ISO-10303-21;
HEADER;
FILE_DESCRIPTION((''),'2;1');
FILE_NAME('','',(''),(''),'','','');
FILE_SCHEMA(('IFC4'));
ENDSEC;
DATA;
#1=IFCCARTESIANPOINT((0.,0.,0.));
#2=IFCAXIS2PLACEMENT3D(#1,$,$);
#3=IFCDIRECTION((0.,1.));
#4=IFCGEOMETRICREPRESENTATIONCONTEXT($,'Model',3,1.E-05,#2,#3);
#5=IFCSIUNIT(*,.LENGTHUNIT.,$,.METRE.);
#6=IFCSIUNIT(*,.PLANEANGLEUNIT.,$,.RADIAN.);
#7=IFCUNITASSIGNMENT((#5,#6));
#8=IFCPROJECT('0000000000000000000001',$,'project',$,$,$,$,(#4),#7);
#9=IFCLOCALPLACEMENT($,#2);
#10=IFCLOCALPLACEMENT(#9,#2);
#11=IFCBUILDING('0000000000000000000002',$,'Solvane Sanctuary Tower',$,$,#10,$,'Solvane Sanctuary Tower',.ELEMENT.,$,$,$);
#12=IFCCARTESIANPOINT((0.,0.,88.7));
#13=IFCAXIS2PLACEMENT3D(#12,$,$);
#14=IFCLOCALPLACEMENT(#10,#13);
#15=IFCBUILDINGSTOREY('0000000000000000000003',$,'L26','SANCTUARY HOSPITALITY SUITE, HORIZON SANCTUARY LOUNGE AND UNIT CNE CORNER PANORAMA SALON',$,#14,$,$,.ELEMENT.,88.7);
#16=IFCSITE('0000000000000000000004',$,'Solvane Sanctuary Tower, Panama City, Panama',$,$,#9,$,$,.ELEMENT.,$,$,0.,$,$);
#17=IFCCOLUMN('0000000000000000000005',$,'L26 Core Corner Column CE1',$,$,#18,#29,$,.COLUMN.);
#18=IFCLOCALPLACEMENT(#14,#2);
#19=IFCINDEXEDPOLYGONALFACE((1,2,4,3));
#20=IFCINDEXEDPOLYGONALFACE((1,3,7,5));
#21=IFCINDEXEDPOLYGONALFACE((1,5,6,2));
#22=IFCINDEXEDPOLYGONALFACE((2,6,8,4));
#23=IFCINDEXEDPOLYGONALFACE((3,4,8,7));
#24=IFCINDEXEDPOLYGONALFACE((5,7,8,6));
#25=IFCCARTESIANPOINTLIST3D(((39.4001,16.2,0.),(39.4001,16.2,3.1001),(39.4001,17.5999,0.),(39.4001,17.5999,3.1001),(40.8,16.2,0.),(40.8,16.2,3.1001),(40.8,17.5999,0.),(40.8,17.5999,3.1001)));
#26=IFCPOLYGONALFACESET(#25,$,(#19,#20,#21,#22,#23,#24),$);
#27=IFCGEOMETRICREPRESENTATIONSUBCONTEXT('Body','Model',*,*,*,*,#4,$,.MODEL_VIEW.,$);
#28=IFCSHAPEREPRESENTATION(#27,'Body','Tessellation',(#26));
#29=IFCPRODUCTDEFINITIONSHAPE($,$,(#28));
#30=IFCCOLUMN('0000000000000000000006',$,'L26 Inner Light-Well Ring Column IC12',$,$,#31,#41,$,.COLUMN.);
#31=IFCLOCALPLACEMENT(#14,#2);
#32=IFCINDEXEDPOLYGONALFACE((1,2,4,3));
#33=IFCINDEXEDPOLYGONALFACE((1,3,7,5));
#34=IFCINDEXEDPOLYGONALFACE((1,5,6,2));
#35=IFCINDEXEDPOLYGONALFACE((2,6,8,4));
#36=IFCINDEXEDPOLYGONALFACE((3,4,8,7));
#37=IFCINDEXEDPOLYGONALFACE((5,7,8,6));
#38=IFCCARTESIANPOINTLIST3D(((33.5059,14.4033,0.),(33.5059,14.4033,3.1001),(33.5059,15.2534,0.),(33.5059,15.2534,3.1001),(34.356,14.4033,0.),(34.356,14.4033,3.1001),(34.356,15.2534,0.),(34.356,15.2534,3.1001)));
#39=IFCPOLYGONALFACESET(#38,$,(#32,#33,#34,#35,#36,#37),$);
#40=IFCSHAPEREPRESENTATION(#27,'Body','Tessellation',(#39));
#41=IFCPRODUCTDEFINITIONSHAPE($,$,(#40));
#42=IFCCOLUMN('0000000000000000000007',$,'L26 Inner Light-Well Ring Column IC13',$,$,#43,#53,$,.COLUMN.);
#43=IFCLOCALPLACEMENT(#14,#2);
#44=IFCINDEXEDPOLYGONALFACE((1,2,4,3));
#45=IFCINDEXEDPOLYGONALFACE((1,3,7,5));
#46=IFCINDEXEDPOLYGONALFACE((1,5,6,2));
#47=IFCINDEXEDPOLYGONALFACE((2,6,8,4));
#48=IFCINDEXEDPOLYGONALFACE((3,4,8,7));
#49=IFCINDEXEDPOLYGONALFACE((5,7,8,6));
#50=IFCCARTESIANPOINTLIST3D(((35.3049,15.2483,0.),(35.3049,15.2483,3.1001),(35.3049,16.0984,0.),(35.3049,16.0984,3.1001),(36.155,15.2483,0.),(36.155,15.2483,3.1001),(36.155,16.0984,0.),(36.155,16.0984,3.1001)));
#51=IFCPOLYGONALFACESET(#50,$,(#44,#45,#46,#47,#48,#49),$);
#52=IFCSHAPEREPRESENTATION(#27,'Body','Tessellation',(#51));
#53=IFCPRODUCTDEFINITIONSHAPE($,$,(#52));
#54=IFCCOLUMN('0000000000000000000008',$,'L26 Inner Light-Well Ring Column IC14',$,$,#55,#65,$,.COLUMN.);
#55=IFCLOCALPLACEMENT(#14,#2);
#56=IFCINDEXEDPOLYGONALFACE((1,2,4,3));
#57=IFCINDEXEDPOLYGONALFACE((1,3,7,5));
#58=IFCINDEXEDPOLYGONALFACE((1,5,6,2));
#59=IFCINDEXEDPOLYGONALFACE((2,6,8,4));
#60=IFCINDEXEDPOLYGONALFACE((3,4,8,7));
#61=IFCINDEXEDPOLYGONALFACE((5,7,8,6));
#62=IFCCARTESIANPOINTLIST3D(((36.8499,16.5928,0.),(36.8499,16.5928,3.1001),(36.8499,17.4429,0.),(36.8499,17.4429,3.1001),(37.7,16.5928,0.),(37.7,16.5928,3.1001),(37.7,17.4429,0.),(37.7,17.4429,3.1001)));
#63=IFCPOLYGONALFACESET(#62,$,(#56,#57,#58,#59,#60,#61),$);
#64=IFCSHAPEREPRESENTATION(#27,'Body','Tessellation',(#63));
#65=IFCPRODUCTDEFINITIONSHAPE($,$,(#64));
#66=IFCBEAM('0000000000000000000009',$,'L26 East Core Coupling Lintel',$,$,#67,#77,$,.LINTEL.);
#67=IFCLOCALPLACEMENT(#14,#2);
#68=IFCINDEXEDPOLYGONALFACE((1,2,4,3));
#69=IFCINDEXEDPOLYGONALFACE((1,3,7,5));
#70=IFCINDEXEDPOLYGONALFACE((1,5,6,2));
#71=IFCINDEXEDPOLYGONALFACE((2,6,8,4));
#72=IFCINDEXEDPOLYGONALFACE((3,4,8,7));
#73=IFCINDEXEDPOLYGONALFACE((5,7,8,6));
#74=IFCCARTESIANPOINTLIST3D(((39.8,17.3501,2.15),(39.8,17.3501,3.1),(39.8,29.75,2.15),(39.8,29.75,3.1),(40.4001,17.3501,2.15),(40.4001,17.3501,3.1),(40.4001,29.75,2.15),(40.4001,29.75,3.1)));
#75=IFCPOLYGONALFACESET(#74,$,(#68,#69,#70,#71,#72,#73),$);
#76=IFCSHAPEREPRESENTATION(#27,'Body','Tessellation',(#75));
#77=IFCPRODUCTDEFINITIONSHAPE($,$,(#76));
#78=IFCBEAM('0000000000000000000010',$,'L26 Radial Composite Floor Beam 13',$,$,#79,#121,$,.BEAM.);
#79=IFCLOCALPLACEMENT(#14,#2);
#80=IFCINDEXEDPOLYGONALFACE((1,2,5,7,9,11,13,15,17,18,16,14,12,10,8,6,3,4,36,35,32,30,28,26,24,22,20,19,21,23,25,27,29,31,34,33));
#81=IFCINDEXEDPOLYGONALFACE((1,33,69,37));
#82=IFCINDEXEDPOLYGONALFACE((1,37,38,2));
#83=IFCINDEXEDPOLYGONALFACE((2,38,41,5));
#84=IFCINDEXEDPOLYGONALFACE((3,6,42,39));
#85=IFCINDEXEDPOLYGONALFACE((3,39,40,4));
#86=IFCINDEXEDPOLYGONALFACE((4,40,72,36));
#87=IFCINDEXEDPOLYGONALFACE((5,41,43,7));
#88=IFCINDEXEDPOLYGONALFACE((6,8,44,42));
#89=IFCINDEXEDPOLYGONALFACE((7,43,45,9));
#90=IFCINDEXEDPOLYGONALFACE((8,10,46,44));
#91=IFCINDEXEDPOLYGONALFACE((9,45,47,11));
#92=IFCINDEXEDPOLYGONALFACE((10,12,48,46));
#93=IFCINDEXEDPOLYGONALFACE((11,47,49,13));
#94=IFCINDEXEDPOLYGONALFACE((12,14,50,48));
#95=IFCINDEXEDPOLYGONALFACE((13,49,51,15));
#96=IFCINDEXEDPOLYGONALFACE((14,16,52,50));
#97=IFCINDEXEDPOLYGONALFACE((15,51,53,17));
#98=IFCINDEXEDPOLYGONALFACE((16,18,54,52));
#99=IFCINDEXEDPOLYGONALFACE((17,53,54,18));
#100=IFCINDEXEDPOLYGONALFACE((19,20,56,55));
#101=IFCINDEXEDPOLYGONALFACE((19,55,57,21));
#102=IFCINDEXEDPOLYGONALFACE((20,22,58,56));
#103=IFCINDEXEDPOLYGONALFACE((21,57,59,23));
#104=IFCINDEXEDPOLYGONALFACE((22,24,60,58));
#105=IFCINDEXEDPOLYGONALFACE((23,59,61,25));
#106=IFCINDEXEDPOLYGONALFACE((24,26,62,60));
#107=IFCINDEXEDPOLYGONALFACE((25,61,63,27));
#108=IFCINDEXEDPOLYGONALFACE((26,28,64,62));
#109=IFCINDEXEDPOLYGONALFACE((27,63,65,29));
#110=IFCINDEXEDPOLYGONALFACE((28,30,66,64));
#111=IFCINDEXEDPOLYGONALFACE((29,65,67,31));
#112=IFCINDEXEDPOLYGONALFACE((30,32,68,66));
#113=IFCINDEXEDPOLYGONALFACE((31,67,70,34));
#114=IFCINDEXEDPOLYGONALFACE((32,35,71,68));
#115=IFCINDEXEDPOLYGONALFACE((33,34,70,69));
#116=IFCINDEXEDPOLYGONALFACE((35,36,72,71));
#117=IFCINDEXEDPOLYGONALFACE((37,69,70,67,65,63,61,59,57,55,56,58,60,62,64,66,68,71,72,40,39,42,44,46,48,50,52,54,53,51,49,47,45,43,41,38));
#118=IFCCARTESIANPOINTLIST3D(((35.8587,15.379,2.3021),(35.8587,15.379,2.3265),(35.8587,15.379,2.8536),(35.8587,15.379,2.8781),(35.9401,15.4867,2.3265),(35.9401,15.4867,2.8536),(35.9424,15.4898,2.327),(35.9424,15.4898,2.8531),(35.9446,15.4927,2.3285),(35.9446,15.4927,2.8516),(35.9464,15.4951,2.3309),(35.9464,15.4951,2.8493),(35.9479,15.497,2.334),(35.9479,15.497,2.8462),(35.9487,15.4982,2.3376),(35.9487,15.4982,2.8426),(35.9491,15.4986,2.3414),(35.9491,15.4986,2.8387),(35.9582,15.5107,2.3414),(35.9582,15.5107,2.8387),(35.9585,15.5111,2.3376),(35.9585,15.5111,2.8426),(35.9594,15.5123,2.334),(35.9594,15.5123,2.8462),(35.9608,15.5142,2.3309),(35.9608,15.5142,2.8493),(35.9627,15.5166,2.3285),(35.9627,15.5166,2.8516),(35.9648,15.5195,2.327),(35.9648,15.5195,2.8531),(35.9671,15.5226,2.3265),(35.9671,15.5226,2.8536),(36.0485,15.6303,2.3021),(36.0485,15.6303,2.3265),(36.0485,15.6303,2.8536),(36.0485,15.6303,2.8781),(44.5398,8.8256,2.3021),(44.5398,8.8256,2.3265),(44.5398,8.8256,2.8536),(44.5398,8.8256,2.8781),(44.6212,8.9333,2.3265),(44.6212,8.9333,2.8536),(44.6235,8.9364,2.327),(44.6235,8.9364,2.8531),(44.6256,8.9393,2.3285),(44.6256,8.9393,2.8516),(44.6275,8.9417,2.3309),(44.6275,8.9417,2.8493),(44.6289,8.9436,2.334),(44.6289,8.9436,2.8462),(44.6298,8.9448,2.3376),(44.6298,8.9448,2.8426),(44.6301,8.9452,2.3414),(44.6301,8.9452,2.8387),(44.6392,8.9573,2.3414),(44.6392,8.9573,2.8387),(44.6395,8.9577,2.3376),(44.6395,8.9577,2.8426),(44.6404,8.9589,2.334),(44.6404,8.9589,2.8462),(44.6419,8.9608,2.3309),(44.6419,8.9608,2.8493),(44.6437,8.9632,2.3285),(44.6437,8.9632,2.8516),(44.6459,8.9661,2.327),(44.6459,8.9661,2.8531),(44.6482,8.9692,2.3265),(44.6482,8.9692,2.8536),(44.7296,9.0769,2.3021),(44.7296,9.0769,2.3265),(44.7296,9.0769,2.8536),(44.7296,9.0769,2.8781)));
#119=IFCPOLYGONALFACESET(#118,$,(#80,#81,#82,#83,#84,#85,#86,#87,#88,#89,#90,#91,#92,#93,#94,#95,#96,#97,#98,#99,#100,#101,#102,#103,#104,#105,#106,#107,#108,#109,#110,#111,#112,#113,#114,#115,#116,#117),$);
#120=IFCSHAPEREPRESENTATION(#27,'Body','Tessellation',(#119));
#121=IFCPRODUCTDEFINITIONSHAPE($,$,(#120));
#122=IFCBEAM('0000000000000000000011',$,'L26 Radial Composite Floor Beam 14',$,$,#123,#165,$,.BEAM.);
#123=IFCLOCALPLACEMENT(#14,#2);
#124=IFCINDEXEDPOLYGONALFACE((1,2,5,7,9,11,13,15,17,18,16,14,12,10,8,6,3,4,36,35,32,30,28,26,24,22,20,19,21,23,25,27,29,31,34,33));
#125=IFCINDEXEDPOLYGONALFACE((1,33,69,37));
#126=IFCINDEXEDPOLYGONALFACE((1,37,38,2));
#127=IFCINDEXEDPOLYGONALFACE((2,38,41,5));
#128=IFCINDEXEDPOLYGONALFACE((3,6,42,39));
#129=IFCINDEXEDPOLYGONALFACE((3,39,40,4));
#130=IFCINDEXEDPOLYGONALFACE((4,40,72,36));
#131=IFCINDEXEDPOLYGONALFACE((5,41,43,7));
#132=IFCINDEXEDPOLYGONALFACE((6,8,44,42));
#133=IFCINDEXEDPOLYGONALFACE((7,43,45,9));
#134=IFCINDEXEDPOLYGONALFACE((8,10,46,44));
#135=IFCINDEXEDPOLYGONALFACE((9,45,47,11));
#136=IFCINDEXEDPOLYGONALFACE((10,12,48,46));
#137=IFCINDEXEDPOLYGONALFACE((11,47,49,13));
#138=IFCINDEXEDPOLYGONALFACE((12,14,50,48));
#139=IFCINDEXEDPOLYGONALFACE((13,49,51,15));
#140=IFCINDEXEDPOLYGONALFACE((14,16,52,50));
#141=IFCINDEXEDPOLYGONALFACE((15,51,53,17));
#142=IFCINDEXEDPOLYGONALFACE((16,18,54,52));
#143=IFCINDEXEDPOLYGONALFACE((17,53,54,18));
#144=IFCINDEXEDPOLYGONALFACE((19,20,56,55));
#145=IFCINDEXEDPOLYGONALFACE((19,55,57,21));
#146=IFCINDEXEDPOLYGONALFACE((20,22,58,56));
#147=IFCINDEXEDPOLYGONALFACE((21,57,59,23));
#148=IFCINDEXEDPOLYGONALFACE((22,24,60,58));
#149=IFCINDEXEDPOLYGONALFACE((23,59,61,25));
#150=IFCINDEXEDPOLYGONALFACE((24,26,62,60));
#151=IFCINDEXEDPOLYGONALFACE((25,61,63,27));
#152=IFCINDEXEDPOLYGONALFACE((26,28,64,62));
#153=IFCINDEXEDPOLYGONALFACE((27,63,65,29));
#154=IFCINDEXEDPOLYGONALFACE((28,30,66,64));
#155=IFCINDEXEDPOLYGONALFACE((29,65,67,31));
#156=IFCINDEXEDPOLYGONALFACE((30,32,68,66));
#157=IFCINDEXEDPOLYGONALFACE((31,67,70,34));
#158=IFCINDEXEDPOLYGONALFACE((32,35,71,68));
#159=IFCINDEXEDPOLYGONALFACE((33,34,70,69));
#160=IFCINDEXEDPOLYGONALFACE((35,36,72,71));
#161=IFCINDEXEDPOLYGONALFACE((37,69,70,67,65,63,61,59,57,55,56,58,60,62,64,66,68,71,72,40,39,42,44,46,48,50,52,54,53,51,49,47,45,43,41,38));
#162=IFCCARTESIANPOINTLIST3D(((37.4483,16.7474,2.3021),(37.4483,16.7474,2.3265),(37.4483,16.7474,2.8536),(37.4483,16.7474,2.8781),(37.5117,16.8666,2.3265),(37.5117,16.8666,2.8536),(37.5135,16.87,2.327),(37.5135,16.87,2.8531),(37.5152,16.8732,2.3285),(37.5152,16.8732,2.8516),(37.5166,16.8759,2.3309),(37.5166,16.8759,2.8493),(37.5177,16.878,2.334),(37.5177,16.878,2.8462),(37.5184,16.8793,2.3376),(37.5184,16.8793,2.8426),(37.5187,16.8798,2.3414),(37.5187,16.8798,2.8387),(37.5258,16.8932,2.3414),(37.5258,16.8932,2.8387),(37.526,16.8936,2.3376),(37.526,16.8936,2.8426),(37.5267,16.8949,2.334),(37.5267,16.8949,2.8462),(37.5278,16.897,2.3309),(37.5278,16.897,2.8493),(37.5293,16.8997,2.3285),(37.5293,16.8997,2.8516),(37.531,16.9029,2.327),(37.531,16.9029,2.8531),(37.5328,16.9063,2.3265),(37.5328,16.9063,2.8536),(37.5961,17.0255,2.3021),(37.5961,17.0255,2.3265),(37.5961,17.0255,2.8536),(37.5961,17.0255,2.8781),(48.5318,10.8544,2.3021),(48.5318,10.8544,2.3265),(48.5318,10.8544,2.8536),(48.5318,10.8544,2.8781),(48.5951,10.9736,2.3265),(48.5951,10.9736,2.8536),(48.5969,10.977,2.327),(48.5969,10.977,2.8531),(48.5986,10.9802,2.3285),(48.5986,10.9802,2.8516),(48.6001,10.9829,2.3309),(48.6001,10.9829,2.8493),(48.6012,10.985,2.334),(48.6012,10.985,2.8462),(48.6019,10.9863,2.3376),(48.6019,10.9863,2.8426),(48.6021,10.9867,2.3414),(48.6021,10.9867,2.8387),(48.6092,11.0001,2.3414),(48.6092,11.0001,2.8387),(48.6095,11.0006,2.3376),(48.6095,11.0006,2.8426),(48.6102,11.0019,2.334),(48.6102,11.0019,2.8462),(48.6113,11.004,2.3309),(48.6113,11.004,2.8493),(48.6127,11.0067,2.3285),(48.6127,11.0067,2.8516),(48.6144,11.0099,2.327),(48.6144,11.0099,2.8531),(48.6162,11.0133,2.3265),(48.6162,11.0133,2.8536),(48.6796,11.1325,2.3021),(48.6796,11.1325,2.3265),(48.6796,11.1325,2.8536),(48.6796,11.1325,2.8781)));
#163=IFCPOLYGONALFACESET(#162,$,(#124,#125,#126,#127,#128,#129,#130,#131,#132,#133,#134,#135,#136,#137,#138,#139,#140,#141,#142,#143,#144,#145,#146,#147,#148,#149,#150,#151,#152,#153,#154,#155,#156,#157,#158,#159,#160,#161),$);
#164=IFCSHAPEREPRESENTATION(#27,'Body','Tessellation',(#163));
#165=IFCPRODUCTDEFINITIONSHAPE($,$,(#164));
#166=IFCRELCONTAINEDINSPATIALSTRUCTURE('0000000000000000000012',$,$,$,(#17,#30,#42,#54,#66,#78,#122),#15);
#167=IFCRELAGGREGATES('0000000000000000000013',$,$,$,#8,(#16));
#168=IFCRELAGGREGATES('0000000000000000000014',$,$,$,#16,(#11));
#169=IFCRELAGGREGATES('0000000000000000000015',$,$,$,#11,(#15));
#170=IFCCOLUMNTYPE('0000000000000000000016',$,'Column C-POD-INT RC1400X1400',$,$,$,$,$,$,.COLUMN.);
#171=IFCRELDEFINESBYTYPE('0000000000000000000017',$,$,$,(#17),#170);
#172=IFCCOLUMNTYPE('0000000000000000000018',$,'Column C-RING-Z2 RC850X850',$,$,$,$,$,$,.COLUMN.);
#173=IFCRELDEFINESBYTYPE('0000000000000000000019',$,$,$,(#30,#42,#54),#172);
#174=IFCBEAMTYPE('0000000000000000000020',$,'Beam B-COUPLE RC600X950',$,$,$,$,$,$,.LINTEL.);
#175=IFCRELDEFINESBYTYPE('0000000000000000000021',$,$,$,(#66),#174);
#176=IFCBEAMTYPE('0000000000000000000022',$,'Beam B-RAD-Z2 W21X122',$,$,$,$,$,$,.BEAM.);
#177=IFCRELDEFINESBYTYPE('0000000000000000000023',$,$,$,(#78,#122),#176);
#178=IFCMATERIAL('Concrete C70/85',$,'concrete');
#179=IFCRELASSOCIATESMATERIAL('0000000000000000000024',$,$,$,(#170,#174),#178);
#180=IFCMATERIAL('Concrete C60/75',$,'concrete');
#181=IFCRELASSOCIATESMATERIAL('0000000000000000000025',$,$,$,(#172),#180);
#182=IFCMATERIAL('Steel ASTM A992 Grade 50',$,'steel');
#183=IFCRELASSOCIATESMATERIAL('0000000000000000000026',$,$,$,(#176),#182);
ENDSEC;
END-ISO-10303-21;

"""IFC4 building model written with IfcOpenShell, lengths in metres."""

from ifc_helpers import new_model, si_unit, direction, frame, origin, origin_2d, place, context, subcontext, project, spatial, rectangle, i_section, extrude, material, material_profile, profile_set, type_object, element, save


model = new_model("IFC4")

# Units and contexts
model_context = context("Model", 3, precision=1e-05, world=origin(), true_north=direction((0.0, 1.0)))
body_context = subcontext(model_context, "Body", "Model", "MODEL_VIEW")
ifc_project = project(units=[si_unit("LENGTHUNIT", "METRE"), si_unit("PLANEANGLEUNIT", "RADIAN")], contexts=[model_context])

# Site, building, storey
site_placement = place(None, origin())
site = spatial("IfcSite", under=ifc_project, at=site_placement, Name="Solvane Sanctuary Tower, Panama City, Panama", CompositionType="ELEMENT", RefElevation=0.0)
building_placement = place(site_placement, origin())
building = spatial("IfcBuilding", under=site, at=building_placement, Name="Solvane Sanctuary Tower", LongName="Solvane Sanctuary Tower", CompositionType="ELEMENT")
storey_placement = place(building_placement, frame((0.0, 0.0, 88.7)))
storey = spatial("IfcBuildingStorey", under=building, at=storey_placement, Name="L26", Description="SANCTUARY HOSPITALITY SUITE, HORIZON SANCTUARY LOUNGE AND UNIT CNE CORNER PANORAMA SALON", CompositionType="ELEMENT", Elevation=88.7)

# Columns
ifc_material_1 = material(Name="Concrete C70/85", Category="concrete")
ifc_material_profile_1 = material_profile(ifc_material_1, rectangle(XDim=1.3999, YDim=1.3999, at=origin_2d()), Name="RC1400X1400")
ifc_profile_set_1 = profile_set([ifc_material_profile_1], Name="Concrete C70/85")
column_type_1 = type_object("IfcColumnType", Name="Column C-POD-INT RC1400X1400", PredefinedType="COLUMN", material=ifc_profile_set_1)
column_placement = place(storey_placement, frame((40.1001, 16.8999, 0.0), z_axis=(0.0, 0.0, 1.0), x_axis=(1.0, 0.0, 0.0)))
element("IfcColumn", 1, at=column_placement, inside=storey, type_object=column_type_1, Name="L26 Core Corner Column CE1", PredefinedType="COLUMN", context=body_context, shape_type="SweptSolid", body=[
    extrude(rectangle(XDim=1.3999, YDim=1.3999, at=origin_2d()), origin(), (0.0, 0.0, 1.0), 3.1001),
])
ifc_material_2 = material(Name="Concrete C60/75", Category="concrete")
ifc_material_profile_2 = material_profile(ifc_material_2, rectangle(XDim=0.8501, YDim=0.8501, at=origin_2d()), Name="RC850X850")
ifc_profile_set_2 = profile_set([ifc_material_profile_2], Name="Concrete C60/75")
column_type_2 = type_object("IfcColumnType", Name="Column C-RING-Z2 RC850X850", PredefinedType="COLUMN", material=ifc_profile_set_2)
for number, where, z_axis, x_axis, name in (
    (2, (33.9309, 14.8284, 0.0), (0.0, 0.0, 1.0), (1.0, 0.0, 0.0), "L26 Inner Light-Well Ring Column IC12"),
    (3, (35.73, 15.6733, 0.0), (0.0, 0.0, 1.0), (1.0, 0.0, 0.0), "L26 Inner Light-Well Ring Column IC13"),
    (4, (37.2749, 17.0178, 0.0), (0.0, 0.0, 1.0), (1.0, 0.0, 0.0), "L26 Inner Light-Well Ring Column IC14"),
):
    element("IfcColumn", number, at=place(storey_placement, frame(where, z_axis=z_axis, x_axis=x_axis)), inside=storey, type_object=column_type_2, Name=name, PredefinedType="COLUMN", context=body_context, shape_type="SweptSolid", body=[
        extrude(rectangle(XDim=0.8501, YDim=0.8501, at=origin_2d()), origin(), (0.0, 0.0, 1.0), 3.1001),
    ])

# Beams
ifc_material_profile_3 = material_profile(ifc_material_1, rectangle(XDim=0.6001, YDim=0.95, at=origin_2d()), Name="RC600X950")
ifc_profile_set_3 = profile_set([ifc_material_profile_3], Name="Concrete C70/85")
beam_type_1 = type_object("IfcBeamType", Name="Beam B-COUPLE RC600X950", PredefinedType="LINTEL", material=ifc_profile_set_3)
beam_1_placement = place(storey_placement, frame((40.1001, 17.3501, 2.625), z_axis=(0.0, 1.0, 0.0), x_axis=(-1.0, 0.0, 0.0)))
element("IfcBeam", 5, at=beam_1_placement, inside=storey, type_object=beam_type_1, Name="L26 East Core Coupling Lintel", PredefinedType="LINTEL", context=body_context, shape_type="SweptSolid", body=[
    extrude(rectangle(XDim=0.6001, YDim=0.95, at=origin_2d()), origin(), (0.0, 0.0, 1.0), 12.3999),
])
ifc_material_3 = material(Name="Steel ASTM A992 Grade 50", Category="steel")
ifc_material_profile_4 = material_profile(ifc_material_3, i_section(OverallWidth=0.3149, OverallDepth=0.5759, WebThickness=0.0151, FlangeThickness=0.0244, FilletRadius=0.0149, at=origin_2d()), Name="W21X122")
ifc_profile_set_4 = profile_set([ifc_material_profile_4], Name="Steel ASTM A992 Grade 50")
beam_type_2 = type_object("IfcBeamType", Name="Beam B-RAD-Z2 W21X122", PredefinedType="BEAM", material=ifc_profile_set_4)
beam_2_placement = place(storey_placement, frame((35.9536, 15.5046, 2.5901), z_axis=(0.798116, -0.602504, 0.0), x_axis=(0.602504, 0.798116, 0.0)))
element("IfcBeam", 6, at=beam_2_placement, inside=storey, type_object=beam_type_2, Name="L26 Radial Composite Floor Beam 13", PredefinedType="BEAM", context=body_context, shape_type="SweptSolid", body=[
    extrude(i_section(OverallWidth=0.3149, OverallDepth=0.5759, WebThickness=0.0151, FlangeThickness=0.0244, FilletRadius=0.0149, at=origin_2d()), origin(), (0.0, 0.0, 1.0), 10.877),
])
beam_3_placement = place(storey_placement, frame((37.5222, 16.8865, 2.5901), z_axis=(0.882952, -0.469463, 0.0), x_axis=(0.469463, 0.882952, 0.0)))
element("IfcBeam", 7, at=beam_3_placement, inside=storey, type_object=beam_type_2, Name="L26 Radial Composite Floor Beam 14", PredefinedType="BEAM", context=body_context, shape_type="SweptSolid", body=[
    extrude(i_section(OverallWidth=0.3149, OverallDepth=0.5759, WebThickness=0.0151, FlangeThickness=0.0244, FilletRadius=0.0149, at=origin_2d()), origin(), (0.0, 0.0, 1.0), 12.5527),
])

save(model, "model.ifc")
